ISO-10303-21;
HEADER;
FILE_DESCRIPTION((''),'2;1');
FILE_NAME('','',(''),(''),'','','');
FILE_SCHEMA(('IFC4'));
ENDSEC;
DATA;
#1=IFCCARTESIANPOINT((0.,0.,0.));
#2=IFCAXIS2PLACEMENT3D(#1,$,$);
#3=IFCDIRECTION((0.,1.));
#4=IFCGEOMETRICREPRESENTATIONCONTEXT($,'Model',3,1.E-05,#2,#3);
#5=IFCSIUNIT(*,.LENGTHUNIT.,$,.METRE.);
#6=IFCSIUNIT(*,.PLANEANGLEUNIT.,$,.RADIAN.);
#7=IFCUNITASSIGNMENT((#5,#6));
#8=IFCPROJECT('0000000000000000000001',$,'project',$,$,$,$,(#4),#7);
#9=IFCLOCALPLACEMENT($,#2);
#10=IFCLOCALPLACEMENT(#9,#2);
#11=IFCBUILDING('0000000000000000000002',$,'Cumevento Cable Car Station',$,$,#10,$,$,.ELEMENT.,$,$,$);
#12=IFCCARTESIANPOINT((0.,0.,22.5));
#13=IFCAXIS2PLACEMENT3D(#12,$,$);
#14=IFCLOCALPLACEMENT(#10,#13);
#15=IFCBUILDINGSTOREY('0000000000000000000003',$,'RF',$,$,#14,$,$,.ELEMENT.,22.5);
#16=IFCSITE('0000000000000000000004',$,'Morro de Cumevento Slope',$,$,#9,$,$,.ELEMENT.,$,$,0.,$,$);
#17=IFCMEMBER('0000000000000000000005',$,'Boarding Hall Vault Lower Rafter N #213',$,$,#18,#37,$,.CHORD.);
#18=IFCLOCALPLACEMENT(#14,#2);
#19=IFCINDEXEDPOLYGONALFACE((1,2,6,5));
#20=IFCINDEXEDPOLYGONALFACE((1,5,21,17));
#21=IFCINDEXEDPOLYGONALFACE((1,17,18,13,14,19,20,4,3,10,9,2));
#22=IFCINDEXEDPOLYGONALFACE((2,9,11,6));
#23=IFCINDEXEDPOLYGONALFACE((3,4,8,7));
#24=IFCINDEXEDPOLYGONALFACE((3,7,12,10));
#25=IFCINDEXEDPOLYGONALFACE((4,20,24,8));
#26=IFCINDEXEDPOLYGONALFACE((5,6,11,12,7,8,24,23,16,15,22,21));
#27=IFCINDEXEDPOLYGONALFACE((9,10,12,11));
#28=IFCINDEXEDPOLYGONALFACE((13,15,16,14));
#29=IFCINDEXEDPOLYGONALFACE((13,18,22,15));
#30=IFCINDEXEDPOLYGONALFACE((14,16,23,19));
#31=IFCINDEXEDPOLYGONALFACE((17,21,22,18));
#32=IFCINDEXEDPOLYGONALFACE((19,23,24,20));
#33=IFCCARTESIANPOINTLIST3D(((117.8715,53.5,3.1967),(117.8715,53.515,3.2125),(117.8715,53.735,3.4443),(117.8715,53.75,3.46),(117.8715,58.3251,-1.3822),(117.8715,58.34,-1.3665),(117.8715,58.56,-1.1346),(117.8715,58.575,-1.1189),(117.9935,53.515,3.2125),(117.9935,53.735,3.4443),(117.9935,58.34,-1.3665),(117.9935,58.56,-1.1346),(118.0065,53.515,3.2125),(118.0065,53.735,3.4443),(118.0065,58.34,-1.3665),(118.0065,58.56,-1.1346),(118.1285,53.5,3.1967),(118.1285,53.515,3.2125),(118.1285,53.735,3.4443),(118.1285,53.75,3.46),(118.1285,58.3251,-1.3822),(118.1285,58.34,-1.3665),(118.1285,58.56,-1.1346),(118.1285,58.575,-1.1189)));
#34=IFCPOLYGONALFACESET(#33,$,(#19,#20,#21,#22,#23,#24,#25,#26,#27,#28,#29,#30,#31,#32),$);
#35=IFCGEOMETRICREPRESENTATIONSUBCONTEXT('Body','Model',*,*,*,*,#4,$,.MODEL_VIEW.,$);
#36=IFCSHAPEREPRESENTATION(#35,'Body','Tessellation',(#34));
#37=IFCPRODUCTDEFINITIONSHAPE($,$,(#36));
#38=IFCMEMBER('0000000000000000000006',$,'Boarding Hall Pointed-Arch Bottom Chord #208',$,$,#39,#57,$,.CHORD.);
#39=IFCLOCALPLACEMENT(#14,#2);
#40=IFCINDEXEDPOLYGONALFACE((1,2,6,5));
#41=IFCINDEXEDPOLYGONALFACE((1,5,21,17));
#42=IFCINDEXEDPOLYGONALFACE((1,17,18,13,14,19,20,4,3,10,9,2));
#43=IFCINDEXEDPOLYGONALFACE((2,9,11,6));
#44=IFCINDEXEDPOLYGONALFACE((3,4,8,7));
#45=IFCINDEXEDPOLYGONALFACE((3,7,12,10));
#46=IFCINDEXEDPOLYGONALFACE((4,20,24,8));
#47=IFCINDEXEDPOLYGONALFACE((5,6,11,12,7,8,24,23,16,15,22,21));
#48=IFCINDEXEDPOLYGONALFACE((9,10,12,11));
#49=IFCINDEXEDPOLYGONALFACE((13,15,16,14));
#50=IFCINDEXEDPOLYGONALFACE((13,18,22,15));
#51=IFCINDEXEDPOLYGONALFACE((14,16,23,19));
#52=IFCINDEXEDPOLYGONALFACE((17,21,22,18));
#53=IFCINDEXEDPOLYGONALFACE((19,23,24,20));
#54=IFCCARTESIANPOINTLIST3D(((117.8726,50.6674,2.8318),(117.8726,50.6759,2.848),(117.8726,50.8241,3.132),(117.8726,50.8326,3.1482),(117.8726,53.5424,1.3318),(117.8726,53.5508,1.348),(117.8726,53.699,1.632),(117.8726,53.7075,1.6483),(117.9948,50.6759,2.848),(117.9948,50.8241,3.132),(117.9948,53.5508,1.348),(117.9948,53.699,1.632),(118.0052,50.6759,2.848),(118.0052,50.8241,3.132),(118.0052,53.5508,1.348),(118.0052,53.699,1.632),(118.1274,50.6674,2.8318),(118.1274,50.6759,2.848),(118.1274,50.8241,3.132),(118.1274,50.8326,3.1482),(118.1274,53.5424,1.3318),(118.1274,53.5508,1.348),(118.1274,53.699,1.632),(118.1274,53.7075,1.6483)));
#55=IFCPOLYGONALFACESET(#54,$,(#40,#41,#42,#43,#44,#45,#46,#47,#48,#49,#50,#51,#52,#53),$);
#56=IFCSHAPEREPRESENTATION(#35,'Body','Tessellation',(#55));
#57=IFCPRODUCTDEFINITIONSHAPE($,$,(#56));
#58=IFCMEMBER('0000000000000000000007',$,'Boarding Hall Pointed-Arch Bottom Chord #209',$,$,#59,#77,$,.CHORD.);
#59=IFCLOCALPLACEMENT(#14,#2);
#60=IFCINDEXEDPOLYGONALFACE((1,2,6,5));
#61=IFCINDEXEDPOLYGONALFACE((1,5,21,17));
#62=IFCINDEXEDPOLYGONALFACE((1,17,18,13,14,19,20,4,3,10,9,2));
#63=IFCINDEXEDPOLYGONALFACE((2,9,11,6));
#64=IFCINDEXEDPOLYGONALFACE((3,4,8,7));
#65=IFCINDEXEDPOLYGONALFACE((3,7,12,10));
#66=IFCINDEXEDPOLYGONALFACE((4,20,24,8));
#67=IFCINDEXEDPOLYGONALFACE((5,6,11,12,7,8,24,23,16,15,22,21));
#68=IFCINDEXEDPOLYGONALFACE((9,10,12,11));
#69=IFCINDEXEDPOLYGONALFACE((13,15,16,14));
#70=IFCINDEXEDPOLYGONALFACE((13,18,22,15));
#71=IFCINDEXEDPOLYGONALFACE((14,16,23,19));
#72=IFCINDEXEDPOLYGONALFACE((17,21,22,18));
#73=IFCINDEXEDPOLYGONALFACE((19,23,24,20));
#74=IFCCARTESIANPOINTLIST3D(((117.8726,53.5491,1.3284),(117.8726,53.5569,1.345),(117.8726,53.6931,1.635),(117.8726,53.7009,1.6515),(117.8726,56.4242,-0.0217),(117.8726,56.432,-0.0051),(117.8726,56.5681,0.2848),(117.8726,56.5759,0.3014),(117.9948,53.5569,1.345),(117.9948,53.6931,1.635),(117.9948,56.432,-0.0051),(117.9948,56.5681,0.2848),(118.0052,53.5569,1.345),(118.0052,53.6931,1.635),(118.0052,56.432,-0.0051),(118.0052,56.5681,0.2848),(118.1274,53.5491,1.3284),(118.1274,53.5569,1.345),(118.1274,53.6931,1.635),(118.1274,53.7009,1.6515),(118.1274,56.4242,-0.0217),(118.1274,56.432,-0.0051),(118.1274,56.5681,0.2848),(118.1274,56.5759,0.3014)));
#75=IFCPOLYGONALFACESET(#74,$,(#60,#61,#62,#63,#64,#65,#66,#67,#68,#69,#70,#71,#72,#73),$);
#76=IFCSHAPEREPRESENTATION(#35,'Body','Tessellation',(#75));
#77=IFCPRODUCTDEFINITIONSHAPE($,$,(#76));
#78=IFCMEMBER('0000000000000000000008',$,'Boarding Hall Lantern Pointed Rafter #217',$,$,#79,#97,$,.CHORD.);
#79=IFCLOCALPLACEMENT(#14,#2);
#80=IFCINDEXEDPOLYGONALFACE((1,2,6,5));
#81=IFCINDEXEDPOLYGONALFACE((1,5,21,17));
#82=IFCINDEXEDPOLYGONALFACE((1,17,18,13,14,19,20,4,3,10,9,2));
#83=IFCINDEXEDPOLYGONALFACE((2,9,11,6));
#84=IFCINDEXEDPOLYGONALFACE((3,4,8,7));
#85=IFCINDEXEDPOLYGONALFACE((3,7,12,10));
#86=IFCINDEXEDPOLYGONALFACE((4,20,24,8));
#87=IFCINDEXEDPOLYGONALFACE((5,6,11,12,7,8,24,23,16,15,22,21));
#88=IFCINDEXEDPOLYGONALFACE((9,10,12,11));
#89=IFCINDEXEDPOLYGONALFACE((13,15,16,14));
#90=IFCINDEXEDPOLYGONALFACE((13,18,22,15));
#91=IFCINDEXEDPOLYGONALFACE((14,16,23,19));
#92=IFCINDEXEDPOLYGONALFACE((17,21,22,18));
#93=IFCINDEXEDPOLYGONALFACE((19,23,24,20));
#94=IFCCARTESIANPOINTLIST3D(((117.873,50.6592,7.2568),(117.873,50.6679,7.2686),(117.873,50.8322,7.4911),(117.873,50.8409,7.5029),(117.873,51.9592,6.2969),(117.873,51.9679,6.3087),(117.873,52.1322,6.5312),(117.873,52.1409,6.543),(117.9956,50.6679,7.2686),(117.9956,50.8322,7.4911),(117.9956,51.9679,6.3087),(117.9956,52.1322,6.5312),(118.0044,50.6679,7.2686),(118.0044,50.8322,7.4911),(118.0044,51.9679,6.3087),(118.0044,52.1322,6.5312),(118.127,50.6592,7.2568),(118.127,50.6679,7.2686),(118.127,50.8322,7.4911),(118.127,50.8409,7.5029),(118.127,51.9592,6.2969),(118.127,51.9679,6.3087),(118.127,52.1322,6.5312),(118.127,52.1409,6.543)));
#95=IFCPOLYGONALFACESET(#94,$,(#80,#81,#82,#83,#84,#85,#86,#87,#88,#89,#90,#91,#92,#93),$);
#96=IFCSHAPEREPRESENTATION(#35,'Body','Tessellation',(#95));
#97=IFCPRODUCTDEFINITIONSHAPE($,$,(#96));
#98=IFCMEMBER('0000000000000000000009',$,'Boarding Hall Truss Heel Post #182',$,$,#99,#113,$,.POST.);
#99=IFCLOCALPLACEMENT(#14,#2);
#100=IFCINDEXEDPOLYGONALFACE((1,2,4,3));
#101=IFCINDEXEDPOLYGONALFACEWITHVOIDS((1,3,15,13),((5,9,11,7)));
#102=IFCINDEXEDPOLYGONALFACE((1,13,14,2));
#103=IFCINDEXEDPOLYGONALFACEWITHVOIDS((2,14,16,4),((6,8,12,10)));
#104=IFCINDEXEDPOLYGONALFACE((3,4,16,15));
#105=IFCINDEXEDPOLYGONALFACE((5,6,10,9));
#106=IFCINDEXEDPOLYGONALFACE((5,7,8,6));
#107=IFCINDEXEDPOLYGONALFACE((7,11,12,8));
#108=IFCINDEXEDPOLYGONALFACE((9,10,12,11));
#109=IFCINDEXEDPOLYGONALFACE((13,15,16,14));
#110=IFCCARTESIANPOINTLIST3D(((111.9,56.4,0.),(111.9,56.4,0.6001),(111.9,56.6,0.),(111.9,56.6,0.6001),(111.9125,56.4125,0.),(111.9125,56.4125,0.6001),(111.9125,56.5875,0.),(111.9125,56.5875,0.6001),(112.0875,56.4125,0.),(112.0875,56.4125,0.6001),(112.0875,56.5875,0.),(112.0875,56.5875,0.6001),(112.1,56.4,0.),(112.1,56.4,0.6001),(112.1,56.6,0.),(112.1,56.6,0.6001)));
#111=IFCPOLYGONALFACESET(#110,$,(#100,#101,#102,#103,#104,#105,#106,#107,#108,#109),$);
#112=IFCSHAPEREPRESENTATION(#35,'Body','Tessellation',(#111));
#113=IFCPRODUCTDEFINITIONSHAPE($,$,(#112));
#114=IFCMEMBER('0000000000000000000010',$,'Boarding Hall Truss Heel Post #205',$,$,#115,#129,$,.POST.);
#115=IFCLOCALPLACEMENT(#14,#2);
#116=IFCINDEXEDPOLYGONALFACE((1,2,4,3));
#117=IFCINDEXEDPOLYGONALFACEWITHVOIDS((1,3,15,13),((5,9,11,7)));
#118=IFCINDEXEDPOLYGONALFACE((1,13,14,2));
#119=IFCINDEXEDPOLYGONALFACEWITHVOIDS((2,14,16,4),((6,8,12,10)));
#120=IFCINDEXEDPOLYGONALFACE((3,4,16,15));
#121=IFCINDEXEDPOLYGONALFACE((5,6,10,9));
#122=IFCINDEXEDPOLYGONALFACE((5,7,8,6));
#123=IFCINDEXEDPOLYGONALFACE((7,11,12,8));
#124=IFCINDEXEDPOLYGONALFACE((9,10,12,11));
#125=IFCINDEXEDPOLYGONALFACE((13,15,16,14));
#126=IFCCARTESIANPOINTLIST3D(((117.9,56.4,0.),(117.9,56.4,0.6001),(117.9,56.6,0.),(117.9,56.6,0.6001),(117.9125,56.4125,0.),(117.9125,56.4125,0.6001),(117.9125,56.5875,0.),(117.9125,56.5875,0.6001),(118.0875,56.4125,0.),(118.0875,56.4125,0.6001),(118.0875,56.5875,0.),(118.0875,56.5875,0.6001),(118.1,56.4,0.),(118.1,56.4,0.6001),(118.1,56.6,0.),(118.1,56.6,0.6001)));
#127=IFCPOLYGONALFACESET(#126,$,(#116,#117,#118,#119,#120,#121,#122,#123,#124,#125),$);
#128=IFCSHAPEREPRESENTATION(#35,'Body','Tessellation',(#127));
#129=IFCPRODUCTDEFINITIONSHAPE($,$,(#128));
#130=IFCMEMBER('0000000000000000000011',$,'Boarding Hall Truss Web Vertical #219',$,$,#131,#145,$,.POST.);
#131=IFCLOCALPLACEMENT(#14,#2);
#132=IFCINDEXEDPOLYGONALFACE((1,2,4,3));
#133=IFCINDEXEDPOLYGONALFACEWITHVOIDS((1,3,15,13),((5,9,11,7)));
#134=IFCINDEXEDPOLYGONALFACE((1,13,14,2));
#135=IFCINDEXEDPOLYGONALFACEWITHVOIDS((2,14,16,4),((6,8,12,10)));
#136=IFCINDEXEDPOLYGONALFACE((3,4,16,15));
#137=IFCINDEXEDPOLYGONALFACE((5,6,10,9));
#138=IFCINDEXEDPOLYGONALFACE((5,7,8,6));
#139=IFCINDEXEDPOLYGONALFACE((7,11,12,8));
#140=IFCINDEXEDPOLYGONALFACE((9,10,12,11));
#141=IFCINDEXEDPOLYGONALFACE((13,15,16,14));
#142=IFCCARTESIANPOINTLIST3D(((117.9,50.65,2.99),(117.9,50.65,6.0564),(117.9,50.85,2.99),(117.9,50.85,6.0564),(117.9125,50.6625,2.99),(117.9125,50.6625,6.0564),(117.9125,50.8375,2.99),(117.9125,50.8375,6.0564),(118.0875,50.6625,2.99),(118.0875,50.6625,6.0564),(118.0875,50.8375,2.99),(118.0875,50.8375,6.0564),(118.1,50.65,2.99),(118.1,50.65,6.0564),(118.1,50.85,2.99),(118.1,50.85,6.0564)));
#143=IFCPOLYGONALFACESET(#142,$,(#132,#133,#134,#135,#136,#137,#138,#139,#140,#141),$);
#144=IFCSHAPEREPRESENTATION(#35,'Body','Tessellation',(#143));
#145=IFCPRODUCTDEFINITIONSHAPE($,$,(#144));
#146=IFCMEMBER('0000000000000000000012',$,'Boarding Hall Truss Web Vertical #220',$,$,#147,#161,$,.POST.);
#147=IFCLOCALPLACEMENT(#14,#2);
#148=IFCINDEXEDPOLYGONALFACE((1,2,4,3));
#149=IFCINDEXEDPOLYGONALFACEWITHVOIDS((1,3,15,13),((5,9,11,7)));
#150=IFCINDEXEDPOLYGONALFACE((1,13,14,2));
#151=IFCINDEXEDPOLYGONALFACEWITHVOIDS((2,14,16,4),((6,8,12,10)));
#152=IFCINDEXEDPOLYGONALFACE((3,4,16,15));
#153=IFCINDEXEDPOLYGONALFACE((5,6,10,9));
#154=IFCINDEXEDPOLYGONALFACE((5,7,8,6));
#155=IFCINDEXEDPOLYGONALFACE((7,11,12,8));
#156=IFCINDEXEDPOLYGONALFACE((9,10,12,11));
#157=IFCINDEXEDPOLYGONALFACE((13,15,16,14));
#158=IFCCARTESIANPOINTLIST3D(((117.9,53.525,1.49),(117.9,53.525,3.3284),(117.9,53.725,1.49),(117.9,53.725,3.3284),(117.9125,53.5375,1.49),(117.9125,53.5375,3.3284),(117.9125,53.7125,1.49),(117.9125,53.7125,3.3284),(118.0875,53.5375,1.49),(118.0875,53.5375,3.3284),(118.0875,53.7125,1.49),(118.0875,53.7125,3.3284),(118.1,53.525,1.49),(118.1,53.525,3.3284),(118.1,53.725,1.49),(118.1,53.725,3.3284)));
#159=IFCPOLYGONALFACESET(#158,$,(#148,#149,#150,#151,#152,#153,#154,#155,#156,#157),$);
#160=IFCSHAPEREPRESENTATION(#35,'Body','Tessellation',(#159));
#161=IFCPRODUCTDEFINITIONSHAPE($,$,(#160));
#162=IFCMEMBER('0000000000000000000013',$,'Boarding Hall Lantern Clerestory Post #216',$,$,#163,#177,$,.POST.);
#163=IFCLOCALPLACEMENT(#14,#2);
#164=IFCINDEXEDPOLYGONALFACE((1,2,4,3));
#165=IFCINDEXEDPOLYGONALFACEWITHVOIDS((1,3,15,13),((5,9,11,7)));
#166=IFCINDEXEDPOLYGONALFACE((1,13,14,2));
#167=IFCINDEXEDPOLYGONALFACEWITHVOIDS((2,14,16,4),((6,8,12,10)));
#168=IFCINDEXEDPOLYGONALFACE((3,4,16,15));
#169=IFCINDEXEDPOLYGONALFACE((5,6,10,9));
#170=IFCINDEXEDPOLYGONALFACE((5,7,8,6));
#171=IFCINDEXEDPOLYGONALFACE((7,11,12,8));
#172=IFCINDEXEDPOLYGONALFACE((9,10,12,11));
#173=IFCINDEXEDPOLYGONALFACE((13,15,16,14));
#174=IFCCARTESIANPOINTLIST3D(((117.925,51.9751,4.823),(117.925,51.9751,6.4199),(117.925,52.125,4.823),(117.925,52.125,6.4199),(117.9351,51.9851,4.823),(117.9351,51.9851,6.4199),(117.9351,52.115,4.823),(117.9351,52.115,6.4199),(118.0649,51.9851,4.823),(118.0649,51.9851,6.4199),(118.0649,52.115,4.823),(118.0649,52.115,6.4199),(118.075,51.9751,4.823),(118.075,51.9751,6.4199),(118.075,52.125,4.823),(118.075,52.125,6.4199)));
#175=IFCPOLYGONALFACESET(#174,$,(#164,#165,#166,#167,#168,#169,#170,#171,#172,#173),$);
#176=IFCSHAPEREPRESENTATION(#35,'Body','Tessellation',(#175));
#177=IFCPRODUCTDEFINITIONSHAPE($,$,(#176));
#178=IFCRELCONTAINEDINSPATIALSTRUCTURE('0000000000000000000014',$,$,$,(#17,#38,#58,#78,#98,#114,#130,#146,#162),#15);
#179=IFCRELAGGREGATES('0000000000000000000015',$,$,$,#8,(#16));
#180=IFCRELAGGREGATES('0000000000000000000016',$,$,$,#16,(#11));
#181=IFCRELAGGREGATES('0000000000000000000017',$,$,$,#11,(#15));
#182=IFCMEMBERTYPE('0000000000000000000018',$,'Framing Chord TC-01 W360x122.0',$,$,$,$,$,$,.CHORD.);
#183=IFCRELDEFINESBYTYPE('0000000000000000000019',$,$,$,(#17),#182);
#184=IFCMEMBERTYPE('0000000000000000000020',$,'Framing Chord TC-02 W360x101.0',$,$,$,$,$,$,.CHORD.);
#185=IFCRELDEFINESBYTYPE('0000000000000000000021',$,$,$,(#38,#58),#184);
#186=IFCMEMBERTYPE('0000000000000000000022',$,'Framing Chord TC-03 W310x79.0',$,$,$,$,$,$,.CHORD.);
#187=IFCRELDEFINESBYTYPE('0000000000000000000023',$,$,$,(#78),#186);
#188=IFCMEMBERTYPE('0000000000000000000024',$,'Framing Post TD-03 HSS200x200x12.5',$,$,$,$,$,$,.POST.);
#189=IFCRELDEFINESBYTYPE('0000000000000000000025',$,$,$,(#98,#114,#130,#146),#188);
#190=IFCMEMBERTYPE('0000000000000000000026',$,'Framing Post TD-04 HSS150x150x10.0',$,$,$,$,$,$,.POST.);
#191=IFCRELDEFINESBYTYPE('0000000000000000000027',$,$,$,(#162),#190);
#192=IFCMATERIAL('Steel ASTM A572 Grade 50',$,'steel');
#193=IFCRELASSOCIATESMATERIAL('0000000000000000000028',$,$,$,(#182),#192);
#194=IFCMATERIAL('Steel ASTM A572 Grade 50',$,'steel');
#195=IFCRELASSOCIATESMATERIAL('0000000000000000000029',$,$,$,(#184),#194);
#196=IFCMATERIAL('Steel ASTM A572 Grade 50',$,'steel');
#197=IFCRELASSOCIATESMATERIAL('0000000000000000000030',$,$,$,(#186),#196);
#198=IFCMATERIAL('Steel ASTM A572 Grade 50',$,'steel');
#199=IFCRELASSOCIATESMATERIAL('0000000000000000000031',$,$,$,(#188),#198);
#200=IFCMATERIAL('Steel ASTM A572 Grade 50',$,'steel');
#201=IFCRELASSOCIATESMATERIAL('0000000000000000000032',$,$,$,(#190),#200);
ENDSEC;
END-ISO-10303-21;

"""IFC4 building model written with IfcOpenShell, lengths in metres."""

from ifc_helpers import new_model, si_unit, direction, frame, origin, origin_2d, place, context, subcontext, project, spatial, hollow_rectangle, i_section, extrude, material, material_profile, profile_set, type_object, element, save


model = new_model("IFC4")

# Units and contexts
model_context = context("Model", 3, precision=1e-05, world=origin(), true_north=direction((0.0, 1.0)))
body_context = subcontext(model_context, "Body", "Model", "MODEL_VIEW")
ifc_project = project(units=[si_unit("LENGTHUNIT", "METRE"), si_unit("PLANEANGLEUNIT", "RADIAN")], contexts=[model_context])

# Site, building, storey
site_placement = place(None, origin())
site = spatial("IfcSite", under=ifc_project, at=site_placement, Name="Morro de Cumevento Slope", CompositionType="ELEMENT", RefElevation=0.0)
building_placement = place(site_placement, origin())
building = spatial("IfcBuilding", under=site, at=building_placement, Name="Cumevento Cable Car Station", CompositionType="ELEMENT")
storey_placement = place(building_placement, frame((0.0, 0.0, 22.5)))
storey = spatial("IfcBuildingStorey", under=building, at=storey_placement, Name="RF", CompositionType="ELEMENT", Elevation=22.5)

# Members
ifc_material_1 = material(Name="Steel ASTM A572 Grade 50", Category="steel")
ifc_material_profile_1 = material_profile(ifc_material_1, i_section(OverallWidth=0.2571, OverallDepth=0.363, WebThickness=0.0129, FlangeThickness=0.0217, at=origin_2d()), Name="W360x122.0")
ifc_profile_set_1 = profile_set([ifc_material_profile_1], Name="Steel ASTM A572 Grade 50")
member_type_1 = type_object("IfcMemberType", Name="Framing Chord TC-01 W360x122.0", PredefinedType="CHORD", material=ifc_profile_set_1)
member_1_placement = place(storey_placement, frame((118.0, 53.625, 3.3284), z_axis=(0.0, 0.725363, -0.688366), x_axis=(-1.0, 0.0, 0.0)))
element("IfcMember", 1, at=member_1_placement, inside=storey, type_object=member_type_1, Name="Boarding Hall Vault Lower Rafter N #213", PredefinedType="CHORD", context=body_context, shape_type="SweptSolid", body=[
    extrude(i_section(OverallWidth=0.2571, OverallDepth=0.363, WebThickness=0.0129, FlangeThickness=0.0217, at=origin_2d()), origin(), (0.0, 0.0, 1.0), 6.6519),
])
ifc_material_2 = material(Name="Steel ASTM A572 Grade 50", Category="steel")
ifc_material_profile_2 = material_profile(ifc_material_2, i_section(OverallWidth=0.2549, OverallDepth=0.3569, WebThickness=0.0105, FlangeThickness=0.0183, at=origin_2d()), Name="W360x101.0")
ifc_profile_set_2 = profile_set([ifc_material_profile_2], Name="Steel ASTM A572 Grade 50")
member_type_2 = type_object("IfcMemberType", Name="Framing Chord TC-02 W360x101.0", PredefinedType="CHORD", material=ifc_profile_set_2)
member_2_placement = place(storey_placement, frame((118.0, 50.75, 2.99), z_axis=(0.0, 0.886585, -0.462566), x_axis=(-1.0, 0.0, 0.0)))
element("IfcMember", 2, at=member_2_placement, inside=storey, type_object=member_type_2, Name="Boarding Hall Pointed-Arch Bottom Chord #208", PredefinedType="CHORD", context=body_context, shape_type="SweptSolid", body=[
    extrude(i_section(OverallWidth=0.2549, OverallDepth=0.3569, WebThickness=0.0105, FlangeThickness=0.0183, at=origin_2d()), origin(), (0.0, 0.0, 1.0), 3.2427),
])
member_3_placement = place(storey_placement, frame((118.0, 53.625, 1.49), z_axis=(0.0, 0.905163, -0.425064), x_axis=(-1.0, 0.0, 0.0)))
element("IfcMember", 3, at=member_3_placement, inside=storey, type_object=member_type_2, Name="Boarding Hall Pointed-Arch Bottom Chord #209", PredefinedType="CHORD", context=body_context, shape_type="SweptSolid", body=[
    extrude(i_section(OverallWidth=0.2549, OverallDepth=0.3569, WebThickness=0.0105, FlangeThickness=0.0183, at=origin_2d()), origin(), (0.0, 0.0, 1.0), 3.1763),
])
ifc_material_3 = material(Name="Steel ASTM A572 Grade 50", Category="steel")
ifc_material_profile_3 = material_profile(ifc_material_3, i_section(OverallWidth=0.2539, OverallDepth=0.3059, WebThickness=0.0088, FlangeThickness=0.0146, at=origin_2d()), Name="W310x79.0")
ifc_profile_set_3 = profile_set([ifc_material_profile_3], Name="Steel ASTM A572 Grade 50")
member_type_3 = type_object("IfcMemberType", Name="Framing Chord TC-03 W310x79.0", PredefinedType="CHORD", material=ifc_profile_set_3)
member_4_placement = place(storey_placement, frame((118.0, 52.05, 6.4199), z_axis=(0.0, -0.804455, 0.594013), x_axis=(1.0, 0.0, 0.0)))
element("IfcMember", 4, at=member_4_placement, inside=storey, type_object=member_type_3, Name="Boarding Hall Lantern Pointed Rafter #217", PredefinedType="CHORD", context=body_context, shape_type="SweptSolid", body=[
    extrude(i_section(OverallWidth=0.2539, OverallDepth=0.3059, WebThickness=0.0088, FlangeThickness=0.0146, at=origin_2d()), origin(), (0.0, 0.0, 1.0), 1.616),
])
ifc_material_4 = material(Name="Steel ASTM A572 Grade 50", Category="steel")
ifc_material_profile_4 = material_profile(ifc_material_4, hollow_rectangle(XDim=0.2, YDim=0.2, WallThickness=0.0125, at=origin_2d()), Name="HSS200x200x12.5")
ifc_profile_set_4 = profile_set([ifc_material_profile_4], Name="Steel ASTM A572 Grade 50")
member_type_4 = type_object("IfcMemberType", Name="Framing Post TD-03 HSS200x200x12.5", PredefinedType="POST", material=ifc_profile_set_4)
for number, where, z_axis, x_axis, name in (
    (5, (112.0, 56.5, 0.0), (0.0, 0.0, 1.0), (1.0, 0.0, 0.0), "Boarding Hall Truss Heel Post #182"),
    (6, (118.0, 56.5, 0.0), (0.0, 0.0, 1.0), (1.0, 0.0, 0.0), "Boarding Hall Truss Heel Post #205"),
):
    element("IfcMember", number, at=place(storey_placement, frame(where, z_axis=z_axis, x_axis=x_axis)), inside=storey, type_object=member_type_4, Name=name, PredefinedType="POST", context=body_context, shape_type="SweptSolid", body=[
        extrude(hollow_rectangle(XDim=0.2, YDim=0.2, WallThickness=0.0125, at=origin_2d()), origin(), (0.0, 0.0, 1.0), 0.6001),
    ])
member_5_placement = place(storey_placement, frame((118.0, 50.75, 2.99), z_axis=(0.0, 0.0, 1.0), x_axis=(1.0, 0.0, 0.0)))
element("IfcMember", 7, at=member_5_placement, inside=storey, type_object=member_type_4, Name="Boarding Hall Truss Web Vertical #219", PredefinedType="POST", context=body_context, shape_type="SweptSolid", body=[
    extrude(hollow_rectangle(XDim=0.2, YDim=0.2, WallThickness=0.0125, at=origin_2d()), origin(), (0.0, 0.0, 1.0), 3.0664),
])
member_6_placement = place(storey_placement, frame((118.0, 53.625, 1.49), z_axis=(0.0, 0.0, 1.0), x_axis=(1.0, 0.0, 0.0)))
element("IfcMember", 8, at=member_6_placement, inside=storey, type_object=member_type_4, Name="Boarding Hall Truss Web Vertical #220", PredefinedType="POST", context=body_context, shape_type="SweptSolid", body=[
    extrude(hollow_rectangle(XDim=0.2, YDim=0.2, WallThickness=0.0125, at=origin_2d()), origin(), (0.0, 0.0, 1.0), 1.8384),
])
ifc_material_5 = material(Name="Steel ASTM A572 Grade 50", Category="steel")
ifc_material_profile_5 = material_profile(ifc_material_5, hollow_rectangle(XDim=0.1499, YDim=0.1499, WallThickness=0.01, at=origin_2d()), Name="HSS150x150x10.0")
ifc_profile_set_5 = profile_set([ifc_material_profile_5], Name="Steel ASTM A572 Grade 50")
member_type_5 = type_object("IfcMemberType", Name="Framing Post TD-04 HSS150x150x10.0", PredefinedType="POST", material=ifc_profile_set_5)
member_7_placement = place(storey_placement, frame((118.0, 52.05, 4.823), z_axis=(0.0, 0.0, 1.0), x_axis=(1.0, 0.0, 0.0)))
element("IfcMember", 9, at=member_7_placement, inside=storey, type_object=member_type_5, Name="Boarding Hall Lantern Clerestory Post #216", PredefinedType="POST", context=body_context, shape_type="SweptSolid", body=[
    extrude(hollow_rectangle(XDim=0.1499, YDim=0.1499, WallThickness=0.01, at=origin_2d()), origin(), (0.0, 0.0, 1.0), 1.5969),
])

save(model, "model.ifc")
